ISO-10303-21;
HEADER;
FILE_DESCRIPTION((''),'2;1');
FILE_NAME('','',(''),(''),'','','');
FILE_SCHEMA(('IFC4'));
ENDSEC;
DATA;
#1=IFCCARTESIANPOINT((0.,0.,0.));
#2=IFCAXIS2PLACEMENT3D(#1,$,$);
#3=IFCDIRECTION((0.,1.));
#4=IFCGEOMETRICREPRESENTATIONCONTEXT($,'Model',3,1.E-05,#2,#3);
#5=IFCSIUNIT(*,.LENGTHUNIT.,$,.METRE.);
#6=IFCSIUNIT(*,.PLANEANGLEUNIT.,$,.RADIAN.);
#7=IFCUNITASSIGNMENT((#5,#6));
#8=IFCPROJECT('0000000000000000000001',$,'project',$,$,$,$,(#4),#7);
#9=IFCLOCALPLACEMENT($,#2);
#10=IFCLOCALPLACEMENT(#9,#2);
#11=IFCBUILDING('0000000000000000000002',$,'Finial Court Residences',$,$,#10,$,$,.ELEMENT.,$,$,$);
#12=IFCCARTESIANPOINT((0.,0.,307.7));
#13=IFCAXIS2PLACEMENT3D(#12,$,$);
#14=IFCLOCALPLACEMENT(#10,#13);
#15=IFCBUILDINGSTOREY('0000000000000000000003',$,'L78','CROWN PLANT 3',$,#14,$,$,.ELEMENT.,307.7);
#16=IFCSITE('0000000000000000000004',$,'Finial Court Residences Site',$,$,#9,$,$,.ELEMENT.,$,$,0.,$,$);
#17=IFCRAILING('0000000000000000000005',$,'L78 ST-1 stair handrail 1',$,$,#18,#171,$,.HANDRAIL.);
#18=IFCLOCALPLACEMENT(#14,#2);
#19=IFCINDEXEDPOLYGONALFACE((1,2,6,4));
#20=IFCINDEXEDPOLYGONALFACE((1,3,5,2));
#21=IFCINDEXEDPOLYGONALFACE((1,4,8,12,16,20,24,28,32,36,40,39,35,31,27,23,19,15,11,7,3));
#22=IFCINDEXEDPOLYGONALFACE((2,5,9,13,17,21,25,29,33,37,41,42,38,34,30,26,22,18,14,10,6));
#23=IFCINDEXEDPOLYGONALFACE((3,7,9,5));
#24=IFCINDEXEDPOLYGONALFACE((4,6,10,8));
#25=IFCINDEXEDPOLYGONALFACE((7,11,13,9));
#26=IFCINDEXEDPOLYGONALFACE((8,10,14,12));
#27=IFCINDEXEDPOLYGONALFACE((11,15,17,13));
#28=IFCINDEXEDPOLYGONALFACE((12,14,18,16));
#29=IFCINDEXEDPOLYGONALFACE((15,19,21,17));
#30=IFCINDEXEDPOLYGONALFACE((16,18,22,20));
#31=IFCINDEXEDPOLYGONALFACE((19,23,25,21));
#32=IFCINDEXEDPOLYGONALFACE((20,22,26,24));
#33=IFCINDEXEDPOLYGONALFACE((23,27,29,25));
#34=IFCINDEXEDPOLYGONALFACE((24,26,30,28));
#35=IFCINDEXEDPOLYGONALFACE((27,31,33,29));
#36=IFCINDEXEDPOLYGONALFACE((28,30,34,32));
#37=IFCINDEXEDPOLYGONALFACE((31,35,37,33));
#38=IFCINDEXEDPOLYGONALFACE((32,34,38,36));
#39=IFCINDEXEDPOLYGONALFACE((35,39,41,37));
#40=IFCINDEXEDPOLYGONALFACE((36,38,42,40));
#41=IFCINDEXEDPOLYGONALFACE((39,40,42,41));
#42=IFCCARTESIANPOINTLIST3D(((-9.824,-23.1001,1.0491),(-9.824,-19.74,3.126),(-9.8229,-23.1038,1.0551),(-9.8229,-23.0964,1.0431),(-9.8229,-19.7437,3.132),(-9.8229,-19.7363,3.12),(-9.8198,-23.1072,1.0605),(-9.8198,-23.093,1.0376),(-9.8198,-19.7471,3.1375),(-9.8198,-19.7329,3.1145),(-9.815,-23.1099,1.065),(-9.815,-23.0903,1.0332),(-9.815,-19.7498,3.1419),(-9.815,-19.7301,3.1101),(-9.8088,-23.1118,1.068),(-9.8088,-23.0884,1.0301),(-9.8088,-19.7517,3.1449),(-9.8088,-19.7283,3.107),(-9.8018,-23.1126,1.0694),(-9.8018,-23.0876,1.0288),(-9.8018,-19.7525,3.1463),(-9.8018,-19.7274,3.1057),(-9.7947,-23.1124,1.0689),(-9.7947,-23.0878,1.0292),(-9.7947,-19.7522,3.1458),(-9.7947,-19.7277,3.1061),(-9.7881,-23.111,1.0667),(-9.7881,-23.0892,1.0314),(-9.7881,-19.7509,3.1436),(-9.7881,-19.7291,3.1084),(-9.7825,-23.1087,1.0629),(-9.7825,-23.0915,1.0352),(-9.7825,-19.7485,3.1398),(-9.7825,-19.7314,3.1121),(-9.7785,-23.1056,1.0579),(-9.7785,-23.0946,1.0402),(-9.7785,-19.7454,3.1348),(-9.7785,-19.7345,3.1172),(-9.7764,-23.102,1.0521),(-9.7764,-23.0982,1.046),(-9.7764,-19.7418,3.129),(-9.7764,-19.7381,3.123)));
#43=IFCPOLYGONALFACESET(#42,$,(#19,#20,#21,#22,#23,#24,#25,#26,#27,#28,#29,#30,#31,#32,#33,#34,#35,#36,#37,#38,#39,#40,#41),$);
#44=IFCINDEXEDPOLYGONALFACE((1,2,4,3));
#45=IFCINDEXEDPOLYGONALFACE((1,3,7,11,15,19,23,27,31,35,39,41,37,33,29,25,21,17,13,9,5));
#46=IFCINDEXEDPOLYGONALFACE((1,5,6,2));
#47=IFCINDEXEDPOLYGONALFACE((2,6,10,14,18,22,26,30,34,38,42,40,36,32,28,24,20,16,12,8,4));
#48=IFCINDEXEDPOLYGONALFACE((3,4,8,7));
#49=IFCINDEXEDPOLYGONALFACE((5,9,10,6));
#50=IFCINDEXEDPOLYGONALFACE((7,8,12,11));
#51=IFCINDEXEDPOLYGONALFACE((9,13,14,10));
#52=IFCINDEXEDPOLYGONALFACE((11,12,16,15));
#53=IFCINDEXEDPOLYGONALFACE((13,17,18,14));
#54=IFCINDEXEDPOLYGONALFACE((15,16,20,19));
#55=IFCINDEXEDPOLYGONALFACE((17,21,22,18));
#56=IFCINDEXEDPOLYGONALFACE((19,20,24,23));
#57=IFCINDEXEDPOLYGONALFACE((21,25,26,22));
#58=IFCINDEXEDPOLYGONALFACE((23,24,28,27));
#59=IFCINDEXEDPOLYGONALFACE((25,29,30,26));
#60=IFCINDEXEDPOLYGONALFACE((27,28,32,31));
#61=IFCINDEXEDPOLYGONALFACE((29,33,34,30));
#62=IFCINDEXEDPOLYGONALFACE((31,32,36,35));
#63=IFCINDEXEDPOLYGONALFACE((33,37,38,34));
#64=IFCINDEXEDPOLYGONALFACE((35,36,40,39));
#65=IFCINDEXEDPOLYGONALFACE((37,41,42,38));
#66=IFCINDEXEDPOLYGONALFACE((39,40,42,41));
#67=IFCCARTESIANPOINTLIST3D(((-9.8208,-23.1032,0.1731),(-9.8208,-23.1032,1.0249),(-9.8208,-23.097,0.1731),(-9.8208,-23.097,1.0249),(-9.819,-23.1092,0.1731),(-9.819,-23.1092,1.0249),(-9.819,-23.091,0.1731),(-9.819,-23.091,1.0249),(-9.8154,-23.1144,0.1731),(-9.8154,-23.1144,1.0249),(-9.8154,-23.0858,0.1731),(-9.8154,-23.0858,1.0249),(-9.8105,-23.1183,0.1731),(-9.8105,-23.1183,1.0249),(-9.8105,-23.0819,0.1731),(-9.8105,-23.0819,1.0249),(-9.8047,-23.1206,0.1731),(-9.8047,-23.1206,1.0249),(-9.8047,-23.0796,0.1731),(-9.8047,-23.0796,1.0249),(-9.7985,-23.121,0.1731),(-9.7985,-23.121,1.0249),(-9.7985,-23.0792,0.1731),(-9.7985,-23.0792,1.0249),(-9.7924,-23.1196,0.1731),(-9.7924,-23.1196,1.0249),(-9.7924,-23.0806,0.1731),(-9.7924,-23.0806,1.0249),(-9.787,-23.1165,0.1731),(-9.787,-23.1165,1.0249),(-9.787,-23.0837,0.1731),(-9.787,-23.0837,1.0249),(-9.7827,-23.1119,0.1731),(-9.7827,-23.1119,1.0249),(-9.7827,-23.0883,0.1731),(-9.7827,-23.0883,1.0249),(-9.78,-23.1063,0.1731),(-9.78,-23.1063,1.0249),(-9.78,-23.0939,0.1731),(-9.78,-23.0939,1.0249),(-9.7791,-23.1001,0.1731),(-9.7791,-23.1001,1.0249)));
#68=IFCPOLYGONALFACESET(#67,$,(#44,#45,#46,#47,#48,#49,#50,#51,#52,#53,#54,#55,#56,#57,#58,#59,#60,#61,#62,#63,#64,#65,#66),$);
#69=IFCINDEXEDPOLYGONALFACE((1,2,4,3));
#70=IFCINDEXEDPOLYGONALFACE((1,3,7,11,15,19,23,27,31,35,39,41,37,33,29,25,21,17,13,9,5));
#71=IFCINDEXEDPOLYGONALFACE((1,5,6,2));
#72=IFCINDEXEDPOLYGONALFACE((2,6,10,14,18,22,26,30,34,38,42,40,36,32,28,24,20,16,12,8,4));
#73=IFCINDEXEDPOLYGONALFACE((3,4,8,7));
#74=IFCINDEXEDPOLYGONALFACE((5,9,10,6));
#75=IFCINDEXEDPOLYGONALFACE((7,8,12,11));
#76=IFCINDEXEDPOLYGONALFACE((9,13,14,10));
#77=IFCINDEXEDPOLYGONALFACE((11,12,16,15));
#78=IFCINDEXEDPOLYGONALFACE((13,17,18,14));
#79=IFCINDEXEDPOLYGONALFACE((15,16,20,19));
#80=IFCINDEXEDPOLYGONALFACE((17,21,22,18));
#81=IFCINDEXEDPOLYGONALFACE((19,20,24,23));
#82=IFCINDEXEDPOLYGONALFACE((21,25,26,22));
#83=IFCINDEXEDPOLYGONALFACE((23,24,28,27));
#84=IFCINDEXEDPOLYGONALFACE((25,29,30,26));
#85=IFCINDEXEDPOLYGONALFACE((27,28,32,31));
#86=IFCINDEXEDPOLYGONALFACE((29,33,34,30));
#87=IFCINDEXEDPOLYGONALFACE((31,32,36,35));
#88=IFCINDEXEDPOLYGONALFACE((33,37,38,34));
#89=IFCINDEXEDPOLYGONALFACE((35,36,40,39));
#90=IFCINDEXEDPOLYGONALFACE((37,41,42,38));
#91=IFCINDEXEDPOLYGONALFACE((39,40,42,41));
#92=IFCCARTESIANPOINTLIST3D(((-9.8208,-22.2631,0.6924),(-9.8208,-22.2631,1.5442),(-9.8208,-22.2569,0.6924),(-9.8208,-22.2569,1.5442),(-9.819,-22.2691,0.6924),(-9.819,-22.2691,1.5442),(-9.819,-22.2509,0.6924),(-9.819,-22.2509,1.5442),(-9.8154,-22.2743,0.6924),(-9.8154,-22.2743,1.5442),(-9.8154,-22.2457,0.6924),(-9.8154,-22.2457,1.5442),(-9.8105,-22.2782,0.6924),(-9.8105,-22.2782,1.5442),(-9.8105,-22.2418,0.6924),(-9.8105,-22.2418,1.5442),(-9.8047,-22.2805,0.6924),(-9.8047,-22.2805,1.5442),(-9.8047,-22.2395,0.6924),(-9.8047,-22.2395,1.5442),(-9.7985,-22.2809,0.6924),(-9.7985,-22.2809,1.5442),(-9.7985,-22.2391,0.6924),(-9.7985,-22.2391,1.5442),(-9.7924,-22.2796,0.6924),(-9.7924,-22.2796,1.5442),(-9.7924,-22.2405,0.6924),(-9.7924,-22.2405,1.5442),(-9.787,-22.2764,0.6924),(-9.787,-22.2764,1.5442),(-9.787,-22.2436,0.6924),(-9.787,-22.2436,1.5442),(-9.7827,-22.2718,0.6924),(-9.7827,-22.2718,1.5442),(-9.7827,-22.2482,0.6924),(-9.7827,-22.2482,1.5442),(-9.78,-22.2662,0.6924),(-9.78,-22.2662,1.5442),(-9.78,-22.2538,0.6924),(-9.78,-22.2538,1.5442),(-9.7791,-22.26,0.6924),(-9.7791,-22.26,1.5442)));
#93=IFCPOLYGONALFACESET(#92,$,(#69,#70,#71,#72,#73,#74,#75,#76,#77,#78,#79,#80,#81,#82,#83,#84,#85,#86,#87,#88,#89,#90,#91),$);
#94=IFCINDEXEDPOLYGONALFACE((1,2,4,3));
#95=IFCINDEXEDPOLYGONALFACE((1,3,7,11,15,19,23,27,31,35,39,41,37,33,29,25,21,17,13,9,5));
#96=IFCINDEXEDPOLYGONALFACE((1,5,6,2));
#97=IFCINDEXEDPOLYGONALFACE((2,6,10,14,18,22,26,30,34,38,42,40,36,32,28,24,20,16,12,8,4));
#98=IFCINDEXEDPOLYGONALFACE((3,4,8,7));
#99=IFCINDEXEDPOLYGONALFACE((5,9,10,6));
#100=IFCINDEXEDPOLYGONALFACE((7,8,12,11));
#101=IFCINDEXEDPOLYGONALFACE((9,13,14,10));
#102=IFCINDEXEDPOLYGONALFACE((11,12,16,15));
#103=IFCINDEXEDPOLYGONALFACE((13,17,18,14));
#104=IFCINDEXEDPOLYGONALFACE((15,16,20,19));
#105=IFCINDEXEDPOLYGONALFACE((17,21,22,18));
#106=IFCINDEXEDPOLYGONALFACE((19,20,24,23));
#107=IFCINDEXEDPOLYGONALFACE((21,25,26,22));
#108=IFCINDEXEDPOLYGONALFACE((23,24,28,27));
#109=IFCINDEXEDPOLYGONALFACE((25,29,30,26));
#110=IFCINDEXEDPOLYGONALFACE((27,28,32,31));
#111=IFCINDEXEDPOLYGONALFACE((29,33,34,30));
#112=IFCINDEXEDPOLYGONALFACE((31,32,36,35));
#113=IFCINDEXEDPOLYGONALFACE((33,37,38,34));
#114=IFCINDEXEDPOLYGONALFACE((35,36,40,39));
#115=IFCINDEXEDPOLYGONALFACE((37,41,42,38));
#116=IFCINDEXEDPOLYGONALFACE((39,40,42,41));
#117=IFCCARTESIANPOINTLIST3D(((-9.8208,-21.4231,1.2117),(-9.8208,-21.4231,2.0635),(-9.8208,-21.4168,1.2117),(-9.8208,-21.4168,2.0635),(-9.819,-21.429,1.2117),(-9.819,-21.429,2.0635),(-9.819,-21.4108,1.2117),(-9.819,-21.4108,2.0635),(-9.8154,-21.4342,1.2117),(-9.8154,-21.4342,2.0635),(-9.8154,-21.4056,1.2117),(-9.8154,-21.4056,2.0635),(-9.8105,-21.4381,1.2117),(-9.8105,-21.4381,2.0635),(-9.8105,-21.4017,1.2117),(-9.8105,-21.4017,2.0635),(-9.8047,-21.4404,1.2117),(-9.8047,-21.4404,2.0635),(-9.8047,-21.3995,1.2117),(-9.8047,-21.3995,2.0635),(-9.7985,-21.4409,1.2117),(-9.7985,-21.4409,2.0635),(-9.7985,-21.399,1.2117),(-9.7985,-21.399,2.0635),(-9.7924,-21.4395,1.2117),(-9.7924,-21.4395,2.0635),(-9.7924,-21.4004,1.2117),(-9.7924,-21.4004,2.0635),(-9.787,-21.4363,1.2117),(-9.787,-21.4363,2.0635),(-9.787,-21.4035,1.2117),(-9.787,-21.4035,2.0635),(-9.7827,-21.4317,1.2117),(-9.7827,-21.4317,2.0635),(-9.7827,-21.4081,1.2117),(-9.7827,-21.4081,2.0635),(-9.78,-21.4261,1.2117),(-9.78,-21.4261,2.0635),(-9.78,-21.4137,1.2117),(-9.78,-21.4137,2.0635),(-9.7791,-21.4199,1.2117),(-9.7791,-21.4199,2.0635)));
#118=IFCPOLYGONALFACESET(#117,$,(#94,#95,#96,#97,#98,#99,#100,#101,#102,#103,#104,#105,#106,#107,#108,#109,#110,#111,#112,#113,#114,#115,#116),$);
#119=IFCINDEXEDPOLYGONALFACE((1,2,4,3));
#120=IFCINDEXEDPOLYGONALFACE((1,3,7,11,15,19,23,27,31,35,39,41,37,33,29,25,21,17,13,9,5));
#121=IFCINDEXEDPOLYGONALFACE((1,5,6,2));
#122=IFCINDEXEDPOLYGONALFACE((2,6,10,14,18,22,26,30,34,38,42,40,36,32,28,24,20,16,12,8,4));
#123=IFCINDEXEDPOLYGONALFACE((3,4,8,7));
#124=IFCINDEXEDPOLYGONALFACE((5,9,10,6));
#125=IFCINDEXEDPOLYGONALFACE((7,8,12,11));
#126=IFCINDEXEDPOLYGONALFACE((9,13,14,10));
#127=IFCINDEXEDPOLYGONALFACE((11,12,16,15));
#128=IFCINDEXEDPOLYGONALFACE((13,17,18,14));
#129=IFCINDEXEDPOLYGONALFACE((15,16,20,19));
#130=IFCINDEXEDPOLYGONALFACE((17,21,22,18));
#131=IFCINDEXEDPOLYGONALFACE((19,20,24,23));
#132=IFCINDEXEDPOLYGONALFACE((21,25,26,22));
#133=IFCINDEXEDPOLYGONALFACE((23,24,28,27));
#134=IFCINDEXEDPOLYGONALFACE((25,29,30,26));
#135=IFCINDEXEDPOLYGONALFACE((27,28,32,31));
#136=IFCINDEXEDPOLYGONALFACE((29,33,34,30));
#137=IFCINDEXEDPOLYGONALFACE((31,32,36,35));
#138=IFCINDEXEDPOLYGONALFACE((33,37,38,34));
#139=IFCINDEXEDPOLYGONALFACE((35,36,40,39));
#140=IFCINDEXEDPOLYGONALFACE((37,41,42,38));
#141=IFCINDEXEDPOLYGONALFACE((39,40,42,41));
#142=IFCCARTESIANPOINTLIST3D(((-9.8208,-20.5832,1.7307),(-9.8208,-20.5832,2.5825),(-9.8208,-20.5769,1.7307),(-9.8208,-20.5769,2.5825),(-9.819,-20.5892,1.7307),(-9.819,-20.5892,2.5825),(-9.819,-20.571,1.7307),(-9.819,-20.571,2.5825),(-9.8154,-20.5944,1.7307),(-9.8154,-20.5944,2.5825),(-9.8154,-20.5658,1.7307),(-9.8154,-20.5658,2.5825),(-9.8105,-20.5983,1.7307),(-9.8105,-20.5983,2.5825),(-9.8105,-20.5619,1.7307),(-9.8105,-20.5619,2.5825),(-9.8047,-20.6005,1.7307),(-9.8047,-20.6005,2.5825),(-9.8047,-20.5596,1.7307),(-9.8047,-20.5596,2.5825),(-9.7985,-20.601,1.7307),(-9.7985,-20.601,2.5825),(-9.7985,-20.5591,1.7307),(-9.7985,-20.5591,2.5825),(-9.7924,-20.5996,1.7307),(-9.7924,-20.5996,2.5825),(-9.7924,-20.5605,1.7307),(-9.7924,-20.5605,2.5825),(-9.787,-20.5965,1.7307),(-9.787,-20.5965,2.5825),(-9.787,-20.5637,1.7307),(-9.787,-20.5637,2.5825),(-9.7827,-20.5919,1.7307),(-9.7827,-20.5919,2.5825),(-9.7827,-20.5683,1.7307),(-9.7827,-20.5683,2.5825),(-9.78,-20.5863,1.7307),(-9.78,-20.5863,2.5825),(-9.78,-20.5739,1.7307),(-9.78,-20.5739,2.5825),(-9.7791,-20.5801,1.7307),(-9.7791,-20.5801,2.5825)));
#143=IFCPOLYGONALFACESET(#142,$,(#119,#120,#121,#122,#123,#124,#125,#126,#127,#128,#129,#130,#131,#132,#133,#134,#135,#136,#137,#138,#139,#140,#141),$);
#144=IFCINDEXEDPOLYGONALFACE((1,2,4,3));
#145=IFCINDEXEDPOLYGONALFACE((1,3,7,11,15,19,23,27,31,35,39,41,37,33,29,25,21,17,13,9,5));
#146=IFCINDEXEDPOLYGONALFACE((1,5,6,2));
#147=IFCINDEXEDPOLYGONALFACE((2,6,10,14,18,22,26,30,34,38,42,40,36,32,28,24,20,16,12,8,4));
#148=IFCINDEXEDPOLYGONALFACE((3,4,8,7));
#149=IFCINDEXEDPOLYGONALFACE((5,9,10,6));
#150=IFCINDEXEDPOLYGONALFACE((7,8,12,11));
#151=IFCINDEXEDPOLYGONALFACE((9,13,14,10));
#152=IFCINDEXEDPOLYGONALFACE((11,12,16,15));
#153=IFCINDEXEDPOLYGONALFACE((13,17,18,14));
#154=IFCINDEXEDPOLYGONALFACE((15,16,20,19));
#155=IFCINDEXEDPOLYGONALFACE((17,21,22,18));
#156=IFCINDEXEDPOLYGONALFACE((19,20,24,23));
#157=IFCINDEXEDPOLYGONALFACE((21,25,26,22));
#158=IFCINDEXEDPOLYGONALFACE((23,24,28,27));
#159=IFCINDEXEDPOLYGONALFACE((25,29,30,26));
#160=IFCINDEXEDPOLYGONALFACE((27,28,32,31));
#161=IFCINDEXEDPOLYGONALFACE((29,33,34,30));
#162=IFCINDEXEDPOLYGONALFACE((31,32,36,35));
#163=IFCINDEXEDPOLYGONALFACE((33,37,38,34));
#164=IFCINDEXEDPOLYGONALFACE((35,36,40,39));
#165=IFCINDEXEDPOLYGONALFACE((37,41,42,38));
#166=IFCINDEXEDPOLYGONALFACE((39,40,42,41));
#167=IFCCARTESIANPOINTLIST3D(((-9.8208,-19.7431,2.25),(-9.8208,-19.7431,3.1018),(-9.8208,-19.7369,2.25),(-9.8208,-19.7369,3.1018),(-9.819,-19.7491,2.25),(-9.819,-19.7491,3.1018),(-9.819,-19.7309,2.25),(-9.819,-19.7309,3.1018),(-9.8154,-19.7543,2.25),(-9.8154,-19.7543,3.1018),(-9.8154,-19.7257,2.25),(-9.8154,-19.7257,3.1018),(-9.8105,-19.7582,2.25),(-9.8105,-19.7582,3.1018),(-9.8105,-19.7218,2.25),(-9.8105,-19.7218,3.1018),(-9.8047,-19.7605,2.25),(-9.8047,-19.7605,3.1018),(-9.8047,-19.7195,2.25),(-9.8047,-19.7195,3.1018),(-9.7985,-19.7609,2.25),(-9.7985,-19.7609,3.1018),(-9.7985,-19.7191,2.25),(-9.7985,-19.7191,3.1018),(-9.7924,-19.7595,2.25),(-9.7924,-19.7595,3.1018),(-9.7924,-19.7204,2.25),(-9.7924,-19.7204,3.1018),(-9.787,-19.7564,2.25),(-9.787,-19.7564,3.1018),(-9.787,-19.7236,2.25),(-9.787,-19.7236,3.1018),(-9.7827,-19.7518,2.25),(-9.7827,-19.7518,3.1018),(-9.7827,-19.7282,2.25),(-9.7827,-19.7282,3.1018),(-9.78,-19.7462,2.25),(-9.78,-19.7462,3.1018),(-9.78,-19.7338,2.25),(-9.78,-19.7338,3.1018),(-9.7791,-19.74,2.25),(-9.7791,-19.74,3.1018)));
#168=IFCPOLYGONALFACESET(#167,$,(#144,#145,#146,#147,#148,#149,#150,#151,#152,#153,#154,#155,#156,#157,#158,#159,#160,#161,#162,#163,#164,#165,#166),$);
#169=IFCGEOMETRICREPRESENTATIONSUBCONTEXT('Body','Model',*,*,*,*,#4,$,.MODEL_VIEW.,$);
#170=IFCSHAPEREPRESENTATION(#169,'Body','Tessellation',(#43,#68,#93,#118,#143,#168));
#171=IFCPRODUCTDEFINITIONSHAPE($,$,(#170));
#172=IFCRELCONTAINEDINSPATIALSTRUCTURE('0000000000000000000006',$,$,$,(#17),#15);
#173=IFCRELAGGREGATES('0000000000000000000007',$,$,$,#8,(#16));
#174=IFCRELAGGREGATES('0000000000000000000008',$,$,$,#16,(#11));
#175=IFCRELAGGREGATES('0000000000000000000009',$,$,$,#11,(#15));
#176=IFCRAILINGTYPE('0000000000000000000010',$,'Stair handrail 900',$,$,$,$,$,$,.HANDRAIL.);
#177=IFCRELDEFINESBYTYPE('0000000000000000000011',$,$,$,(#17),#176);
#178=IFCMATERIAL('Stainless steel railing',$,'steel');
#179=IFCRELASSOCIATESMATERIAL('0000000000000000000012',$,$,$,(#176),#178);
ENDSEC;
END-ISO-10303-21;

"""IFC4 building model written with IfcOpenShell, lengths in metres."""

from ifc_helpers import new_model, si_unit, direction, frame, origin, origin_2d, place, context, subcontext, project, spatial, circle, extrude, material, type_object, element, save


model = new_model("IFC4")

# Units and contexts
model_context = context("Model", 3, precision=1e-05, world=origin(), true_north=direction((0.0, 1.0)))
body_context = subcontext(model_context, "Body", "Model", "MODEL_VIEW")
ifc_project = project(units=[si_unit("LENGTHUNIT", "METRE"), si_unit("PLANEANGLEUNIT", "RADIAN")], contexts=[model_context])

# Site, building, storey
site_placement = place(None, origin())
site = spatial("IfcSite", under=ifc_project, at=site_placement, Name="Finial Court Residences Site", CompositionType="ELEMENT", RefElevation=0.0)
building_placement = place(site_placement, origin())
building = spatial("IfcBuilding", under=site, at=building_placement, Name="Finial Court Residences", CompositionType="ELEMENT")
storey_placement = place(building_placement, frame((0.0, 0.0, 307.7)))
storey = spatial("IfcBuildingStorey", under=building, at=storey_placement, Name="L78", Description="CROWN PLANT 3", CompositionType="ELEMENT", Elevation=307.7)

# Railing
ifc_material_1 = material(Name="Stainless steel railing", Category="steel")
railing_type_1 = type_object("IfcRailingType", Name="Stair handrail 900", PredefinedType="HANDRAIL", material=ifc_material_1)
railing_1_placement = place(storey_placement, frame((-9.8, -23.1001, 0.1731)))
element("IfcRailing", 1, at=railing_1_placement, inside=storey, type_object=railing_type_1, Name="L78 ST-1 stair handrail 1", PredefinedType="HANDRAIL", context=body_context, shape_type="SweptSolid", body=[
    extrude(circle(Radius=0.0239, at=origin_2d()), frame((0.0, 0.0, 0.876), z_axis=(0.0, 0.850623, 0.525776), x_axis=(-1.0, 0.0, 0.0)), (0.0, 0.0, 1.0), 3.9502),
    extrude(circle(Radius=0.021, at=origin_2d()), origin(), (0.0, 0.0, 1.0), 0.8518),
    extrude(circle(Radius=0.021, at=origin_2d()), frame((0.0, 0.8401, 0.5193)), (0.0, 0.0, 1.0), 0.8518),
    extrude(circle(Radius=0.021, at=origin_2d()), frame((0.0, 1.6802, 1.0386)), (0.0, 0.0, 1.0), 0.8518),
    extrude(circle(Radius=0.021, at=origin_2d()), frame((0.0, 2.52, 1.5576)), (0.0, 0.0, 1.0), 0.8518),
    extrude(circle(Radius=0.021, at=origin_2d()), frame((0.0, 3.3601, 2.0769)), (0.0, 0.0, 1.0), 0.8518),
])

save(model, "model.ifc")
